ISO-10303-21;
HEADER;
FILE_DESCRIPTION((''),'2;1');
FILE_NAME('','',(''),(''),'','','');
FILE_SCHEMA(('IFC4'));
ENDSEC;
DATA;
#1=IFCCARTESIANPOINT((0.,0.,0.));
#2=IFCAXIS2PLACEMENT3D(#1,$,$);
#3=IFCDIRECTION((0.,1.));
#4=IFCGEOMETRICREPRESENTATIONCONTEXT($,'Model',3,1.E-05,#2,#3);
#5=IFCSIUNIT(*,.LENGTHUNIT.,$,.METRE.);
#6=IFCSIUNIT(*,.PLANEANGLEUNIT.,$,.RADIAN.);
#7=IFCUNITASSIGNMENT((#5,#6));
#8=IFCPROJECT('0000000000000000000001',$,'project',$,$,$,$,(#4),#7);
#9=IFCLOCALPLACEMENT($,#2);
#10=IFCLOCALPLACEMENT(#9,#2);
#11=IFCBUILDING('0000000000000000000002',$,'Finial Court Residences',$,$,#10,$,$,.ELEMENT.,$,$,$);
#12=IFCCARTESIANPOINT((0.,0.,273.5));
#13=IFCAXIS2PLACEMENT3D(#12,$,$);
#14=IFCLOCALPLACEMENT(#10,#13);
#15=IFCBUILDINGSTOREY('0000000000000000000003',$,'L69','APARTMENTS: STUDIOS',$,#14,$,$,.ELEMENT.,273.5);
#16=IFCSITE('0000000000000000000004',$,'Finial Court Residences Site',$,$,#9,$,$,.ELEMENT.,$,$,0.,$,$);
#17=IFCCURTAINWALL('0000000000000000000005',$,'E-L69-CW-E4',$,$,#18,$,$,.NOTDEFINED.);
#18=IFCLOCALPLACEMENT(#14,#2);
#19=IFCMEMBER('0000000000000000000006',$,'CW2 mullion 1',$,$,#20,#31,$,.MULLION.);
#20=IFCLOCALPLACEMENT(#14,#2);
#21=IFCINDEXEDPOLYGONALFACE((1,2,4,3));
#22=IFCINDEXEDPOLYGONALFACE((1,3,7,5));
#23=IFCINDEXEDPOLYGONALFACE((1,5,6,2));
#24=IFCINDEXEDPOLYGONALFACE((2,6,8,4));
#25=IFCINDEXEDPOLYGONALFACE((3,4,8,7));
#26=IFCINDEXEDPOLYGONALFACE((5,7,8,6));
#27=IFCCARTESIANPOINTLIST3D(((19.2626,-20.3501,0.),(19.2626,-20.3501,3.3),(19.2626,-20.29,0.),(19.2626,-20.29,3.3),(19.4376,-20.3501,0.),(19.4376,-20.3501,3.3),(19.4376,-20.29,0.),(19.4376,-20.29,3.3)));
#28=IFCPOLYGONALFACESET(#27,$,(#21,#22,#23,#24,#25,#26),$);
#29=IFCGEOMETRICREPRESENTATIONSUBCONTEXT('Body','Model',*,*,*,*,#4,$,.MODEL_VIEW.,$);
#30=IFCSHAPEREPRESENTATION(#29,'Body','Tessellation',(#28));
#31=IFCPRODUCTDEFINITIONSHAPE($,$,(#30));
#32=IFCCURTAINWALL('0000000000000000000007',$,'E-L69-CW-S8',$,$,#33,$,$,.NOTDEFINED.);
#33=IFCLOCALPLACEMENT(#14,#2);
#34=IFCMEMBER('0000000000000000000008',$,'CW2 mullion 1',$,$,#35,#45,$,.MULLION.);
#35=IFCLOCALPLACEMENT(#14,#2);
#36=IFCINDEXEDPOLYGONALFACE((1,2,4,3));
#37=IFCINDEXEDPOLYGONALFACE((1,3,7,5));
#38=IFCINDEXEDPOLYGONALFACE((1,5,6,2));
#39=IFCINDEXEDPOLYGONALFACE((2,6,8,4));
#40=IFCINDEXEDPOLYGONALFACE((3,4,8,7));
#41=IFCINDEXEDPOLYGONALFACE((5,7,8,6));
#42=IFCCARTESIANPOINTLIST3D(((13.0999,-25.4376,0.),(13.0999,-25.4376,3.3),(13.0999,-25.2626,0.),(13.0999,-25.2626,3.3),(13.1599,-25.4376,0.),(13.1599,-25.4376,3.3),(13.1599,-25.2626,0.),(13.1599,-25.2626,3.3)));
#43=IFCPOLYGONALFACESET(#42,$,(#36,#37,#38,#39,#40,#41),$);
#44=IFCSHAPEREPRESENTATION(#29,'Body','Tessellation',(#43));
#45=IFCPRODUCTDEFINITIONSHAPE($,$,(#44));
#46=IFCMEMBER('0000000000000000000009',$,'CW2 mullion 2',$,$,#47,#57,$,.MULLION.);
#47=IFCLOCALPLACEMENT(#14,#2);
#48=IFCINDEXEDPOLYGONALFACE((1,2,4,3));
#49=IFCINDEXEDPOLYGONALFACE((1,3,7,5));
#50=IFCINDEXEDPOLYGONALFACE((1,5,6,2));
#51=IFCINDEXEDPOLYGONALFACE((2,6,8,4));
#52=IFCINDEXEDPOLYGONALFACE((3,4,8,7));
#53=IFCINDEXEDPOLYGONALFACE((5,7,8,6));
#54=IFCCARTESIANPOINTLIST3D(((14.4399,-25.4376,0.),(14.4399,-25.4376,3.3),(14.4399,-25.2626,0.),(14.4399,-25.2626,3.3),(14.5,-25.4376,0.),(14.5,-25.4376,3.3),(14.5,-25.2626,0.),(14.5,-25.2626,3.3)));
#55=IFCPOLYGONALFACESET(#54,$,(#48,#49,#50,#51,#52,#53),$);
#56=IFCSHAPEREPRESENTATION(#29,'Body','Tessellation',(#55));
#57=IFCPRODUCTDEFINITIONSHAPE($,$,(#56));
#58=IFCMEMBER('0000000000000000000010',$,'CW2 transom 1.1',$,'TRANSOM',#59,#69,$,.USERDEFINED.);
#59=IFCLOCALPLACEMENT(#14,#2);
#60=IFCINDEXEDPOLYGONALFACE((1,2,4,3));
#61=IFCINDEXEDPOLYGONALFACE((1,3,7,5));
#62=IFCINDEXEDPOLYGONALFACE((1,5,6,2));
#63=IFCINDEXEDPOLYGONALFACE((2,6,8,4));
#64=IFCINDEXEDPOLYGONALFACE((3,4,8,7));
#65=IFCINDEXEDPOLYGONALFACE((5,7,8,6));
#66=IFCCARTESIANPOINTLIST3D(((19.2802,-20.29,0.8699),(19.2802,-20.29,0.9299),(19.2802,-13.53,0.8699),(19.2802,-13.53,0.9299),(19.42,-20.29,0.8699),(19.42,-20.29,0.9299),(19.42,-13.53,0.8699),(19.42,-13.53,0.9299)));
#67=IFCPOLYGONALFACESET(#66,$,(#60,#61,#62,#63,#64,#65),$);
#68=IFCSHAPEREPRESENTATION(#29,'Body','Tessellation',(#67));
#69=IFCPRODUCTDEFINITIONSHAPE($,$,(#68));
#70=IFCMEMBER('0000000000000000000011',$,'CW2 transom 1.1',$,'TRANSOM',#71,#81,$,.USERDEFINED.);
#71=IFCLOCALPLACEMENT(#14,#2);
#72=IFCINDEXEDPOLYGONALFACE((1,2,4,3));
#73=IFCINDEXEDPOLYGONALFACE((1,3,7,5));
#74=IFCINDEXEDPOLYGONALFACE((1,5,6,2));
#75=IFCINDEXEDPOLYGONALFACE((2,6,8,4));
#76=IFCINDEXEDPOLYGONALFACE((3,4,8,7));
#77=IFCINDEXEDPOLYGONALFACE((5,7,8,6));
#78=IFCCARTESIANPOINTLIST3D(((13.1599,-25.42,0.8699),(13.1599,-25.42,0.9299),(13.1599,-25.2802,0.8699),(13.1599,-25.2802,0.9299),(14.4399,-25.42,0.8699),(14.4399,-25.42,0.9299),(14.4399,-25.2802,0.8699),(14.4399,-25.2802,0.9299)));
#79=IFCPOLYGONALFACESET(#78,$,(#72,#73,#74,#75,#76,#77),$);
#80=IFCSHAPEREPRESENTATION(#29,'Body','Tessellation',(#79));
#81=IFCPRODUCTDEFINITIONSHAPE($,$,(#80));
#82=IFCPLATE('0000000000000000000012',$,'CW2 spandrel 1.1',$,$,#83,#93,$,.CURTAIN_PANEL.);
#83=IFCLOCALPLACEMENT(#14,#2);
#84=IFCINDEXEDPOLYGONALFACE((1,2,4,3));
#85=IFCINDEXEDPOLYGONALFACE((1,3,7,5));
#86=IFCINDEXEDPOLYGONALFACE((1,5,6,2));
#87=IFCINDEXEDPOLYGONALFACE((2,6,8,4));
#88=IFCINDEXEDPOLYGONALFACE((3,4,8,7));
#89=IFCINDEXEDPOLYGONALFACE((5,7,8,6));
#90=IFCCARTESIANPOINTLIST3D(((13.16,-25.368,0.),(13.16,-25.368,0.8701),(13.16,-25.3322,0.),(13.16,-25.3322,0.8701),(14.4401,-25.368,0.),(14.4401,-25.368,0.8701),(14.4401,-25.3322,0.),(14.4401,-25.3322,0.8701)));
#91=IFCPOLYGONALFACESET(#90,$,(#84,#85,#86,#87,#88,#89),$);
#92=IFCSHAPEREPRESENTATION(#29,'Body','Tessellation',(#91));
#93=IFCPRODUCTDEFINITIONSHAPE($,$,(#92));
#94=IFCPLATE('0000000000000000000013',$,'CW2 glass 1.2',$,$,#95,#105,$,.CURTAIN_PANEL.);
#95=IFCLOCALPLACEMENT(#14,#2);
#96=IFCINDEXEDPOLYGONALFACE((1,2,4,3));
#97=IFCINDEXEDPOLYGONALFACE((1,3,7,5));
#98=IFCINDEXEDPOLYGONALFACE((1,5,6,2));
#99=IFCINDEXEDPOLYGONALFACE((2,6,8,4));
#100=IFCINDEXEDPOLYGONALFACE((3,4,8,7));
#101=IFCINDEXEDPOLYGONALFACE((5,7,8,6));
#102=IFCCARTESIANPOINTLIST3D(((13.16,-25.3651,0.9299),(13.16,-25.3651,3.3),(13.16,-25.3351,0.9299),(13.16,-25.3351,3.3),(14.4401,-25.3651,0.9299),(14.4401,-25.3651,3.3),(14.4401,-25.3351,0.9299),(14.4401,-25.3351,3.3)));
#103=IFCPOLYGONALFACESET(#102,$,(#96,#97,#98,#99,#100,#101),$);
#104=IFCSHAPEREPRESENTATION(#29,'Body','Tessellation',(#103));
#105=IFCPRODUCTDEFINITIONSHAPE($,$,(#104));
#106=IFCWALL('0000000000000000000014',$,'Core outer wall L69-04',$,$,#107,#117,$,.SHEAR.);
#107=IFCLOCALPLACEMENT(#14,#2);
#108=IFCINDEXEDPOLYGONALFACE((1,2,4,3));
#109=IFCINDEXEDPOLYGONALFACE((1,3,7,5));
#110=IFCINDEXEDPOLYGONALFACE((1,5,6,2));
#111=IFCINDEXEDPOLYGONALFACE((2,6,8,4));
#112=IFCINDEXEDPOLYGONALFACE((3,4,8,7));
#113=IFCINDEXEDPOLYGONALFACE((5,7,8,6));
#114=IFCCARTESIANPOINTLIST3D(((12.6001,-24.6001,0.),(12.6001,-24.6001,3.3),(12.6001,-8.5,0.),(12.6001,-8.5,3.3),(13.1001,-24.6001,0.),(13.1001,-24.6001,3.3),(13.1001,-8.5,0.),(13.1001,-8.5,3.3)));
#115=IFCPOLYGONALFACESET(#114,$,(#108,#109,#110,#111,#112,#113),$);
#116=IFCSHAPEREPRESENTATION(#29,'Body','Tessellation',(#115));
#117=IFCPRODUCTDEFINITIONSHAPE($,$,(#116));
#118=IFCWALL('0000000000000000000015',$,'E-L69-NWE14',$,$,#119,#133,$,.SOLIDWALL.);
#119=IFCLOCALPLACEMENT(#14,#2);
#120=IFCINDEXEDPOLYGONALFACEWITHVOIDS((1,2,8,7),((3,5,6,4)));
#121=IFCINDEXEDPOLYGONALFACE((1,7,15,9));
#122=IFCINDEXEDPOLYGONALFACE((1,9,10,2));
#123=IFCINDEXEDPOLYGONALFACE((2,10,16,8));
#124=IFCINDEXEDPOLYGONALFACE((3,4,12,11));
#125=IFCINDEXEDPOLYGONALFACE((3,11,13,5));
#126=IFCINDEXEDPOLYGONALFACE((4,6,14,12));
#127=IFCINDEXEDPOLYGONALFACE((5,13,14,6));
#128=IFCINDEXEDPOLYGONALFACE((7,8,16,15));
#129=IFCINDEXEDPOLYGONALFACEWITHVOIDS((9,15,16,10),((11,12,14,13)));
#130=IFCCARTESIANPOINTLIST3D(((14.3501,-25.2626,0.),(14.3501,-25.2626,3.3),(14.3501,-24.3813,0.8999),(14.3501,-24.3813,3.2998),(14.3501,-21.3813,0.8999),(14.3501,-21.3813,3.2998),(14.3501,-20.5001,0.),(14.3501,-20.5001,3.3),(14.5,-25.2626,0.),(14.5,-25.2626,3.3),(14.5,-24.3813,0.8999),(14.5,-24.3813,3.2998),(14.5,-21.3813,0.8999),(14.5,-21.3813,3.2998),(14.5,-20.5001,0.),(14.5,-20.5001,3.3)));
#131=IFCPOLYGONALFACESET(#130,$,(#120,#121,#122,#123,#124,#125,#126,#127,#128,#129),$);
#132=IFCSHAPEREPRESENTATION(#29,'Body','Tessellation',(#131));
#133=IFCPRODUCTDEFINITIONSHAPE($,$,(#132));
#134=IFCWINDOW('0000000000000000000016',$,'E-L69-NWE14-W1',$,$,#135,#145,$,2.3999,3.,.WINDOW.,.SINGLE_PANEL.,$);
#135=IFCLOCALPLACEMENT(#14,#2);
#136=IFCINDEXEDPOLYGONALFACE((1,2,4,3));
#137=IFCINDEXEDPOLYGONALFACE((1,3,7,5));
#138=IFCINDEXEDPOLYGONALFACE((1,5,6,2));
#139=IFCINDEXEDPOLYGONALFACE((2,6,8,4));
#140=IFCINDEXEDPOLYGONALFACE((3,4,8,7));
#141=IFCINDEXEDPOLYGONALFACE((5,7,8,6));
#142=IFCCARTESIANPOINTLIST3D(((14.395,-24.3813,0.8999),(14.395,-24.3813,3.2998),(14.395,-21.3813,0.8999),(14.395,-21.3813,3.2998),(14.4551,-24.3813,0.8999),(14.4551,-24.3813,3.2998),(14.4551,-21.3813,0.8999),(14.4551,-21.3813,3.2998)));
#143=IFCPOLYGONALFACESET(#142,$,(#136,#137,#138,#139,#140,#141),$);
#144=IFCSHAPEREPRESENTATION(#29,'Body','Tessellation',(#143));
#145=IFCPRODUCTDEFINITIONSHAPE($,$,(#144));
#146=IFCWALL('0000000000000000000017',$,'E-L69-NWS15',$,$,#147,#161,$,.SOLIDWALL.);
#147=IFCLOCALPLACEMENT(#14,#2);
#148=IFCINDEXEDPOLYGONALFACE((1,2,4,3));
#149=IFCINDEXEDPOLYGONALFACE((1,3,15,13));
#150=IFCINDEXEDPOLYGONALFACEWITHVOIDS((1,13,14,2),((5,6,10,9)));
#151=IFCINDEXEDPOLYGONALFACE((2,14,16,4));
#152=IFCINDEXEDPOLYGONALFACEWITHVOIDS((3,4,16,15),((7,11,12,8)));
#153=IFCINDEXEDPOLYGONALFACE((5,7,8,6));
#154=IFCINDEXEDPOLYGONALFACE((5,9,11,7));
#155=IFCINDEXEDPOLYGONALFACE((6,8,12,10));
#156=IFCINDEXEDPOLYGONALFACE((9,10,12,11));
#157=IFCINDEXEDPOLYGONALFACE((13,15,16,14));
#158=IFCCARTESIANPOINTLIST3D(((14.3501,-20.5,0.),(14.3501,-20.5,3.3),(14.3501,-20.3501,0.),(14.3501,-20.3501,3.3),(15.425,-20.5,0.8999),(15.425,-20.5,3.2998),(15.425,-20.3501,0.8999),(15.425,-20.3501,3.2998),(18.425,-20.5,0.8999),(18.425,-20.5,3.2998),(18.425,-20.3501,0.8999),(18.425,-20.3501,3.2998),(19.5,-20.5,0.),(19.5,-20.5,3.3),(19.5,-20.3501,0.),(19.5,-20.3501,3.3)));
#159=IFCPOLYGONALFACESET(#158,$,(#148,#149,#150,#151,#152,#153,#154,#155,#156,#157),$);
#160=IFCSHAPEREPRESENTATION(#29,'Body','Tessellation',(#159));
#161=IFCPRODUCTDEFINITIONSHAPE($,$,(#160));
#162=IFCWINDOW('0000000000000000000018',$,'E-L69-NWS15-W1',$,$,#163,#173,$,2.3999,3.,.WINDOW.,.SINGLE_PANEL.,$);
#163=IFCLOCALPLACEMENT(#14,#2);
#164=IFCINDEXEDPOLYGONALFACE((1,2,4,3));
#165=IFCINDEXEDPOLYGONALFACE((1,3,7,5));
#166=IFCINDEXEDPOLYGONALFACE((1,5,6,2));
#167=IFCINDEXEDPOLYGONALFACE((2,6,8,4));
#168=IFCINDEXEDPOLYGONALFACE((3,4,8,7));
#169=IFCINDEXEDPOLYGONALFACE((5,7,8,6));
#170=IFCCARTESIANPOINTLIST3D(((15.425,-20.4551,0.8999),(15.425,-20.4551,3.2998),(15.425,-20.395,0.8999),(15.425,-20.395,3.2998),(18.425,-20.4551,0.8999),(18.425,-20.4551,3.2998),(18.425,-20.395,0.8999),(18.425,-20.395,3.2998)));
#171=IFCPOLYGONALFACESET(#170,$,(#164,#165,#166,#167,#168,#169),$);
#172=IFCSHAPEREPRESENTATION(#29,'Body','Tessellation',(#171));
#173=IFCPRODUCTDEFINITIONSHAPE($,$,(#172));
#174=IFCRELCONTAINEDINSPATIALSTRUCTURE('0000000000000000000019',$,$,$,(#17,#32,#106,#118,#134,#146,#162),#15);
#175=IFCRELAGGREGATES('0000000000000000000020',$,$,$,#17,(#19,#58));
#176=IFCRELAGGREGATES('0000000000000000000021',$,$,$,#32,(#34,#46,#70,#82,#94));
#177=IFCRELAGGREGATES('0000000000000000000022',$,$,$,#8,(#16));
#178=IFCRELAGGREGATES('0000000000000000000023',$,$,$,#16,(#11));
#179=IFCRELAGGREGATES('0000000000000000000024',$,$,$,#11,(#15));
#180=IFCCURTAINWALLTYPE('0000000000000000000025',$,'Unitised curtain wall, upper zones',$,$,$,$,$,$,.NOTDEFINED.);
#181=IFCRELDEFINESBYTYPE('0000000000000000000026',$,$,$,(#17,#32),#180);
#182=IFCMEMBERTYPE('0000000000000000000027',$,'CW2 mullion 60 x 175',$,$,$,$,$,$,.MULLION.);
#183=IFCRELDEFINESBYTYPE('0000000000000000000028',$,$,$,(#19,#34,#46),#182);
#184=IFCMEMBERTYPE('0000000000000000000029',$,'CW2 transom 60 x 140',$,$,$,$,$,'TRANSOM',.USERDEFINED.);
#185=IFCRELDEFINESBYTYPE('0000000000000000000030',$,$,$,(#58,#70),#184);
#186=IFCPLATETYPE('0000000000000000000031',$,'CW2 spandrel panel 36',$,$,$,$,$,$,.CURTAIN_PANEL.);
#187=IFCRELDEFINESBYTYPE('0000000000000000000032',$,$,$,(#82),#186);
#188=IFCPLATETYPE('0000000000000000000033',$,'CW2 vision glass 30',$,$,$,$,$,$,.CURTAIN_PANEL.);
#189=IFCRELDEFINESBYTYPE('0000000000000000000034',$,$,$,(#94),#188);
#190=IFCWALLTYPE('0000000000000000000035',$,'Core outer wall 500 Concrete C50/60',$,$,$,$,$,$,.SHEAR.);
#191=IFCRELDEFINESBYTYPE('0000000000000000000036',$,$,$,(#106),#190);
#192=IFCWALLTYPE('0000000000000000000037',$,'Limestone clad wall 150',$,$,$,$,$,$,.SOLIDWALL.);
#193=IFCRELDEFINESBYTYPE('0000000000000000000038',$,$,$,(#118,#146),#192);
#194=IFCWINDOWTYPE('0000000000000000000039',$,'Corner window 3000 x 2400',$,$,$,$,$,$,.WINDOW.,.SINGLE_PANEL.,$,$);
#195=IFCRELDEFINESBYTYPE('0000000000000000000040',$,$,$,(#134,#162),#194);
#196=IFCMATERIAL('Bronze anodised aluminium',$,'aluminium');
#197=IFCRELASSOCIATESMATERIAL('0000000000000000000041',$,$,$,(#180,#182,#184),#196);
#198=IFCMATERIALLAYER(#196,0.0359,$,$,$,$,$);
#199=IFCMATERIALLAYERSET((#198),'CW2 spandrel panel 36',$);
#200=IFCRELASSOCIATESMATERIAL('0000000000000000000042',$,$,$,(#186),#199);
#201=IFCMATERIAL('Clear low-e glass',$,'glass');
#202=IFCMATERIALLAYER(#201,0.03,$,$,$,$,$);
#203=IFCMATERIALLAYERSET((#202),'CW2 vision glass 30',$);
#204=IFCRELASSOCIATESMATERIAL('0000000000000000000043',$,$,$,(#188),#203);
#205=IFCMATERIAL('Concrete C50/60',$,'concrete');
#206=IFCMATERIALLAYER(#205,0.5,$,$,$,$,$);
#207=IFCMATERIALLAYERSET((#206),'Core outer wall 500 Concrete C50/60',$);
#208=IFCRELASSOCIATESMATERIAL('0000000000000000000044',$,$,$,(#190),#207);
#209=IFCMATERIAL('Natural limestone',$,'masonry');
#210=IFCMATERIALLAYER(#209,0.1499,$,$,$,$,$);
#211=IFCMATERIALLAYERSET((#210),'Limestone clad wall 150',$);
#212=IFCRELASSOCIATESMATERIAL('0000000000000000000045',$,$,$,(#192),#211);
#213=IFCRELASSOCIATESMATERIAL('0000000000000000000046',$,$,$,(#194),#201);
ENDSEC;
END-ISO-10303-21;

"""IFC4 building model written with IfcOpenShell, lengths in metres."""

from ifc_helpers import new_model, si_unit, direction, frame, frame_2d, origin, origin_2d, place, context, subcontext, project, spatial, rectangle, extrude, material, layer, layer_set, material_profile, profile_set, type_object, element, fill, aggregate, save


model = new_model("IFC4")

# Units and contexts
model_context = context("Model", 3, precision=1e-05, world=origin(), true_north=direction((0.0, 1.0)))
body_context = subcontext(model_context, "Body", "Model", "MODEL_VIEW")
ifc_project = project(units=[si_unit("LENGTHUNIT", "METRE"), si_unit("PLANEANGLEUNIT", "RADIAN")], contexts=[model_context])

# Site, building, storey
site_placement = place(None, origin())
site = spatial("IfcSite", under=ifc_project, at=site_placement, Name="Finial Court Residences Site", CompositionType="ELEMENT", RefElevation=0.0)
building_placement = place(site_placement, origin())
building = spatial("IfcBuilding", under=site, at=building_placement, Name="Finial Court Residences", CompositionType="ELEMENT")
storey_placement = place(building_placement, frame((0.0, 0.0, 273.5)))
storey = spatial("IfcBuildingStorey", under=building, at=storey_placement, Name="L69", Description="APARTMENTS: STUDIOS", CompositionType="ELEMENT", Elevation=273.5)

# Curtain wall, member
ifc_material_1 = material(Name="Bronze anodised aluminium", Category="aluminium")
curtain_wall_type = type_object("IfcCurtainWallType", Name="Unitised curtain wall, upper zones", PredefinedType="NOTDEFINED", material=ifc_material_1)
curtain_wall_1_placement = place(storey_placement, origin())
curtain_wall_1 = element("IfcCurtainWall", 1, at=curtain_wall_1_placement, inside=storey, type_object=curtain_wall_type, Name="E-L69-CW-E4", PredefinedType="NOTDEFINED")
ifc_material_profile_1 = material_profile(ifc_material_1, rectangle(XDim=0.175, YDim=0.0601, at=origin_2d()), Name="CW2 mullion 60 x 175")
ifc_profile_set_1 = profile_set([ifc_material_profile_1], Name="Bronze anodised aluminium")
member_type_1 = type_object("IfcMemberType", Name="CW2 mullion 60 x 175", PredefinedType="MULLION", material=ifc_profile_set_1)
member_1_placement = place(storey_placement, frame((19.3501, -20.3201, 0.0), z_axis=(0.0, 0.0, 1.0), x_axis=(-1.0, 0.0, 0.0)))
member_1 = element("IfcMember", 2, at=member_1_placement, type_object=member_type_1, Name="CW2 mullion 1", PredefinedType="MULLION", context=body_context, shape_type="SweptSolid", body=[
    extrude(rectangle(XDim=0.175, YDim=0.0601, at=origin_2d()), origin(), (0.0, 0.0, 1.0), 3.3),
])

# Curtain wall, members
curtain_wall_2_placement = place(storey_placement, origin())
curtain_wall_2 = element("IfcCurtainWall", 3, at=curtain_wall_2_placement, inside=storey, type_object=curtain_wall_type, Name="E-L69-CW-S8", PredefinedType="NOTDEFINED")
member_2_placement = place(storey_placement, frame((13.1299, -25.3501, 0.0), z_axis=(0.0, 0.0, 1.0), x_axis=(0.0, 1.0, 0.0)))
member_2 = element("IfcMember", 4, at=member_2_placement, type_object=member_type_1, Name="CW2 mullion 1", PredefinedType="MULLION", context=body_context, shape_type="SweptSolid", body=[
    extrude(rectangle(XDim=0.175, YDim=0.0601, at=origin_2d()), origin(), (0.0, 0.0, 1.0), 3.3),
])
member_3_placement = place(storey_placement, frame((14.47, -25.3501, 0.0), z_axis=(0.0, 0.0, 1.0), x_axis=(0.0, 1.0, 0.0)))
member_3 = element("IfcMember", 5, at=member_3_placement, type_object=member_type_1, Name="CW2 mullion 2", PredefinedType="MULLION", context=body_context, shape_type="SweptSolid", body=[
    extrude(rectangle(XDim=0.175, YDim=0.0601, at=origin_2d()), origin(), (0.0, 0.0, 1.0), 3.3),
])

# Members
ifc_material_profile_2 = material_profile(ifc_material_1, rectangle(XDim=0.1399, YDim=0.0601, at=origin_2d()), Name="CW2 transom 60 x 140")
ifc_profile_set_2 = profile_set([ifc_material_profile_2], Name="Bronze anodised aluminium")
member_type_2 = type_object("IfcMemberType", Name="CW2 transom 60 x 140", ElementType="TRANSOM", PredefinedType="USERDEFINED", material=ifc_profile_set_2)
member_4_placement = place(storey_placement, frame((19.3501, -20.29, 0.8999), z_axis=(0.0, 1.0, 0.0), x_axis=(-1.0, 0.0, 0.0)))
member_4 = element("IfcMember", 6, at=member_4_placement, type_object=member_type_2, Name="CW2 transom 1.1", ObjectType="TRANSOM", PredefinedType="USERDEFINED", context=body_context, shape_type="SweptSolid", body=[
    extrude(rectangle(XDim=0.1399, YDim=0.0601, at=origin_2d()), origin(), (0.0, 0.0, 1.0), 6.76),
])
aggregate(curtain_wall_1, [member_1, member_4])
member_5_placement = place(storey_placement, frame((13.1599, -25.3501, 0.8999), z_axis=(1.0, 0.0, 0.0), x_axis=(0.0, 1.0, 0.0)))
member_5 = element("IfcMember", 7, at=member_5_placement, type_object=member_type_2, Name="CW2 transom 1.1", ObjectType="TRANSOM", PredefinedType="USERDEFINED", context=body_context, shape_type="SweptSolid", body=[
    extrude(rectangle(XDim=0.1399, YDim=0.0601, at=origin_2d()), origin(), (0.0, 0.0, 1.0), 1.28),
])

# Plates
ifc_layer_1 = layer(ifc_material_1, 0.0359)
ifc_layer_set_1 = layer_set([ifc_layer_1], Name="CW2 spandrel panel 36")
plate_type_1 = type_object("IfcPlateType", Name="CW2 spandrel panel 36", PredefinedType="CURTAIN_PANEL", material=ifc_layer_set_1)
plate_1_placement = place(storey_placement, frame((13.8, -25.3501, 0.0), z_axis=(0.0, 0.0, 1.0), x_axis=(1.0, 0.0, 0.0)))
plate_1 = element("IfcPlate", 8, at=plate_1_placement, type_object=plate_type_1, Name="CW2 spandrel 1.1", PredefinedType="CURTAIN_PANEL", context=body_context, shape_type="SweptSolid", body=[
    extrude(rectangle(XDim=1.28, YDim=0.0359, at=origin_2d()), origin(), (0.0, 0.0, 1.0), 0.8701),
])
ifc_material_2 = material(Name="Clear low-e glass", Category="glass")
ifc_layer_2 = layer(ifc_material_2, 0.03)
ifc_layer_set_2 = layer_set([ifc_layer_2], Name="CW2 vision glass 30")
plate_type_2 = type_object("IfcPlateType", Name="CW2 vision glass 30", PredefinedType="CURTAIN_PANEL", material=ifc_layer_set_2)
plate_2_placement = place(storey_placement, frame((13.8, -25.3501, 0.9299), z_axis=(0.0, 0.0, 1.0), x_axis=(1.0, 0.0, 0.0)))
plate_2 = element("IfcPlate", 9, at=plate_2_placement, type_object=plate_type_2, Name="CW2 glass 1.2", PredefinedType="CURTAIN_PANEL", context=body_context, shape_type="SweptSolid", body=[
    extrude(rectangle(XDim=1.28, YDim=0.03, at=origin_2d()), origin(), (0.0, 0.0, 1.0), 2.3701),
])
aggregate(curtain_wall_2, [member_2, member_3, member_5, plate_1, plate_2])

# Wall
ifc_material_3 = material(Name="Concrete C50/60", Category="concrete")
ifc_layer_3 = layer(ifc_material_3, 0.5)
ifc_layer_set_3 = layer_set([ifc_layer_3], Name="Core outer wall 500 Concrete C50/60")
wall_type_1 = type_object("IfcWallType", Name="Core outer wall 500 Concrete C50/60", PredefinedType="SHEAR", material=ifc_layer_set_3)
wall_1_placement = place(storey_placement, frame((12.8501, -24.6001, 0.0), z_axis=(0.0, 0.0, 1.0), x_axis=(0.0, 1.0, 0.0)))
element("IfcWall", 10, at=wall_1_placement, inside=storey, type_object=wall_type_1, Name="Core outer wall L69-04", PredefinedType="SHEAR", context=body_context, shape_type="SweptSolid", body=[
    extrude(rectangle(XDim=16.1001, YDim=0.5, at=frame_2d((8.05, 0.0))), origin(), (0.0, 0.0, 1.0), 3.3),
])

# Walls, openings, windows
ifc_material_4 = material(Name="Natural limestone", Category="masonry")
ifc_layer_4 = layer(ifc_material_4, 0.1499)
ifc_layer_set_4 = layer_set([ifc_layer_4], Name="Limestone clad wall 150")
wall_type_2 = type_object("IfcWallType", Name="Limestone clad wall 150", PredefinedType="SOLIDWALL", material=ifc_layer_set_4)
wall_2_placement = place(storey_placement, frame((14.425, -20.5, 0.0), z_axis=(0.0, 0.0, 1.0), x_axis=(0.0, -1.0, 0.0)))
wall_2 = element("IfcWall", 11, at=wall_2_placement, inside=storey, type_object=wall_type_2, Name="E-L69-NWE14", PredefinedType="SOLIDWALL", context=body_context, shape_type="SweptSolid", body=[
    extrude(rectangle(XDim=4.7625, YDim=0.1499, at=frame_2d((2.3813, 0.0))), origin(), (0.0, 0.0, 1.0), 3.3),
])
opening_1_placement = place(wall_2_placement, frame((0.8813, 0.0, 0.8999)))
opening_1 = element("IfcOpeningElement", 12, at=opening_1_placement, cuts=wall_2, PredefinedType="OPENING", context=body_context, shape_type="SweptSolid", body=[
    extrude(rectangle(XDim=3.0, YDim=2.3999, at=frame_2d((1.5, 1.2))), frame((0.0, 0.085, 0.0), z_axis=(0.0, -1.0, 0.0), x_axis=(1.0, 0.0, 0.0)), (0.0, 0.0, 1.0), 0.1699),
])
window_type = type_object("IfcWindowType", Name="Corner window 3000 x 2400", PartitioningType="SINGLE_PANEL", PredefinedType="WINDOW", material=ifc_material_2)
window_1_placement = place(opening_1_placement, origin())
window_1 = element("IfcWindow", 13, at=window_1_placement, inside=storey, type_object=window_type, Name="E-L69-NWE14-W1", OverallHeight=2.3999, OverallWidth=3.0, PartitioningType="SINGLE_PANEL", PredefinedType="WINDOW", context=body_context, shape_type="SweptSolid", body=[
    extrude(rectangle(XDim=3.0, YDim=2.3999, at=frame_2d((1.5, 1.2))), frame((0.0, 0.03, 0.0), z_axis=(0.0, -1.0, 0.0), x_axis=(1.0, 0.0, 0.0)), (0.0, 0.0, 1.0), 0.0601),
])
fill(opening_1, window_1)
wall_3_placement = place(storey_placement, frame((19.5, -20.425, 0.0), z_axis=(0.0, 0.0, 1.0), x_axis=(-1.0, 0.0, 0.0)))
wall_3 = element("IfcWall", 14, at=wall_3_placement, inside=storey, type_object=wall_type_2, Name="E-L69-NWS15", PredefinedType="SOLIDWALL", context=body_context, shape_type="SweptSolid", body=[
    extrude(rectangle(XDim=5.1499, YDim=0.1499, at=frame_2d((2.575, 0.0))), origin(), (0.0, 0.0, 1.0), 3.3),
])
opening_2_placement = place(wall_3_placement, frame((1.075, 0.0, 0.8999)))
opening_2 = element("IfcOpeningElement", 15, at=opening_2_placement, cuts=wall_3, PredefinedType="OPENING", context=body_context, shape_type="SweptSolid", body=[
    extrude(rectangle(XDim=3.0, YDim=2.3999, at=frame_2d((1.5, 1.2))), frame((0.0, 0.085, 0.0), z_axis=(0.0, -1.0, 0.0), x_axis=(1.0, 0.0, 0.0)), (0.0, 0.0, 1.0), 0.1699),
])
window_2_placement = place(opening_2_placement, origin())
window_2 = element("IfcWindow", 16, at=window_2_placement, inside=storey, type_object=window_type, Name="E-L69-NWS15-W1", OverallHeight=2.3999, OverallWidth=3.0, PartitioningType="SINGLE_PANEL", PredefinedType="WINDOW", context=body_context, shape_type="SweptSolid", body=[
    extrude(rectangle(XDim=3.0, YDim=2.3999, at=frame_2d((1.5, 1.2))), frame((0.0, 0.03, 0.0), z_axis=(0.0, -1.0, 0.0), x_axis=(1.0, 0.0, 0.0)), (0.0, 0.0, 1.0), 0.0601),
])
fill(opening_2, window_2)

save(model, "model.ifc")
